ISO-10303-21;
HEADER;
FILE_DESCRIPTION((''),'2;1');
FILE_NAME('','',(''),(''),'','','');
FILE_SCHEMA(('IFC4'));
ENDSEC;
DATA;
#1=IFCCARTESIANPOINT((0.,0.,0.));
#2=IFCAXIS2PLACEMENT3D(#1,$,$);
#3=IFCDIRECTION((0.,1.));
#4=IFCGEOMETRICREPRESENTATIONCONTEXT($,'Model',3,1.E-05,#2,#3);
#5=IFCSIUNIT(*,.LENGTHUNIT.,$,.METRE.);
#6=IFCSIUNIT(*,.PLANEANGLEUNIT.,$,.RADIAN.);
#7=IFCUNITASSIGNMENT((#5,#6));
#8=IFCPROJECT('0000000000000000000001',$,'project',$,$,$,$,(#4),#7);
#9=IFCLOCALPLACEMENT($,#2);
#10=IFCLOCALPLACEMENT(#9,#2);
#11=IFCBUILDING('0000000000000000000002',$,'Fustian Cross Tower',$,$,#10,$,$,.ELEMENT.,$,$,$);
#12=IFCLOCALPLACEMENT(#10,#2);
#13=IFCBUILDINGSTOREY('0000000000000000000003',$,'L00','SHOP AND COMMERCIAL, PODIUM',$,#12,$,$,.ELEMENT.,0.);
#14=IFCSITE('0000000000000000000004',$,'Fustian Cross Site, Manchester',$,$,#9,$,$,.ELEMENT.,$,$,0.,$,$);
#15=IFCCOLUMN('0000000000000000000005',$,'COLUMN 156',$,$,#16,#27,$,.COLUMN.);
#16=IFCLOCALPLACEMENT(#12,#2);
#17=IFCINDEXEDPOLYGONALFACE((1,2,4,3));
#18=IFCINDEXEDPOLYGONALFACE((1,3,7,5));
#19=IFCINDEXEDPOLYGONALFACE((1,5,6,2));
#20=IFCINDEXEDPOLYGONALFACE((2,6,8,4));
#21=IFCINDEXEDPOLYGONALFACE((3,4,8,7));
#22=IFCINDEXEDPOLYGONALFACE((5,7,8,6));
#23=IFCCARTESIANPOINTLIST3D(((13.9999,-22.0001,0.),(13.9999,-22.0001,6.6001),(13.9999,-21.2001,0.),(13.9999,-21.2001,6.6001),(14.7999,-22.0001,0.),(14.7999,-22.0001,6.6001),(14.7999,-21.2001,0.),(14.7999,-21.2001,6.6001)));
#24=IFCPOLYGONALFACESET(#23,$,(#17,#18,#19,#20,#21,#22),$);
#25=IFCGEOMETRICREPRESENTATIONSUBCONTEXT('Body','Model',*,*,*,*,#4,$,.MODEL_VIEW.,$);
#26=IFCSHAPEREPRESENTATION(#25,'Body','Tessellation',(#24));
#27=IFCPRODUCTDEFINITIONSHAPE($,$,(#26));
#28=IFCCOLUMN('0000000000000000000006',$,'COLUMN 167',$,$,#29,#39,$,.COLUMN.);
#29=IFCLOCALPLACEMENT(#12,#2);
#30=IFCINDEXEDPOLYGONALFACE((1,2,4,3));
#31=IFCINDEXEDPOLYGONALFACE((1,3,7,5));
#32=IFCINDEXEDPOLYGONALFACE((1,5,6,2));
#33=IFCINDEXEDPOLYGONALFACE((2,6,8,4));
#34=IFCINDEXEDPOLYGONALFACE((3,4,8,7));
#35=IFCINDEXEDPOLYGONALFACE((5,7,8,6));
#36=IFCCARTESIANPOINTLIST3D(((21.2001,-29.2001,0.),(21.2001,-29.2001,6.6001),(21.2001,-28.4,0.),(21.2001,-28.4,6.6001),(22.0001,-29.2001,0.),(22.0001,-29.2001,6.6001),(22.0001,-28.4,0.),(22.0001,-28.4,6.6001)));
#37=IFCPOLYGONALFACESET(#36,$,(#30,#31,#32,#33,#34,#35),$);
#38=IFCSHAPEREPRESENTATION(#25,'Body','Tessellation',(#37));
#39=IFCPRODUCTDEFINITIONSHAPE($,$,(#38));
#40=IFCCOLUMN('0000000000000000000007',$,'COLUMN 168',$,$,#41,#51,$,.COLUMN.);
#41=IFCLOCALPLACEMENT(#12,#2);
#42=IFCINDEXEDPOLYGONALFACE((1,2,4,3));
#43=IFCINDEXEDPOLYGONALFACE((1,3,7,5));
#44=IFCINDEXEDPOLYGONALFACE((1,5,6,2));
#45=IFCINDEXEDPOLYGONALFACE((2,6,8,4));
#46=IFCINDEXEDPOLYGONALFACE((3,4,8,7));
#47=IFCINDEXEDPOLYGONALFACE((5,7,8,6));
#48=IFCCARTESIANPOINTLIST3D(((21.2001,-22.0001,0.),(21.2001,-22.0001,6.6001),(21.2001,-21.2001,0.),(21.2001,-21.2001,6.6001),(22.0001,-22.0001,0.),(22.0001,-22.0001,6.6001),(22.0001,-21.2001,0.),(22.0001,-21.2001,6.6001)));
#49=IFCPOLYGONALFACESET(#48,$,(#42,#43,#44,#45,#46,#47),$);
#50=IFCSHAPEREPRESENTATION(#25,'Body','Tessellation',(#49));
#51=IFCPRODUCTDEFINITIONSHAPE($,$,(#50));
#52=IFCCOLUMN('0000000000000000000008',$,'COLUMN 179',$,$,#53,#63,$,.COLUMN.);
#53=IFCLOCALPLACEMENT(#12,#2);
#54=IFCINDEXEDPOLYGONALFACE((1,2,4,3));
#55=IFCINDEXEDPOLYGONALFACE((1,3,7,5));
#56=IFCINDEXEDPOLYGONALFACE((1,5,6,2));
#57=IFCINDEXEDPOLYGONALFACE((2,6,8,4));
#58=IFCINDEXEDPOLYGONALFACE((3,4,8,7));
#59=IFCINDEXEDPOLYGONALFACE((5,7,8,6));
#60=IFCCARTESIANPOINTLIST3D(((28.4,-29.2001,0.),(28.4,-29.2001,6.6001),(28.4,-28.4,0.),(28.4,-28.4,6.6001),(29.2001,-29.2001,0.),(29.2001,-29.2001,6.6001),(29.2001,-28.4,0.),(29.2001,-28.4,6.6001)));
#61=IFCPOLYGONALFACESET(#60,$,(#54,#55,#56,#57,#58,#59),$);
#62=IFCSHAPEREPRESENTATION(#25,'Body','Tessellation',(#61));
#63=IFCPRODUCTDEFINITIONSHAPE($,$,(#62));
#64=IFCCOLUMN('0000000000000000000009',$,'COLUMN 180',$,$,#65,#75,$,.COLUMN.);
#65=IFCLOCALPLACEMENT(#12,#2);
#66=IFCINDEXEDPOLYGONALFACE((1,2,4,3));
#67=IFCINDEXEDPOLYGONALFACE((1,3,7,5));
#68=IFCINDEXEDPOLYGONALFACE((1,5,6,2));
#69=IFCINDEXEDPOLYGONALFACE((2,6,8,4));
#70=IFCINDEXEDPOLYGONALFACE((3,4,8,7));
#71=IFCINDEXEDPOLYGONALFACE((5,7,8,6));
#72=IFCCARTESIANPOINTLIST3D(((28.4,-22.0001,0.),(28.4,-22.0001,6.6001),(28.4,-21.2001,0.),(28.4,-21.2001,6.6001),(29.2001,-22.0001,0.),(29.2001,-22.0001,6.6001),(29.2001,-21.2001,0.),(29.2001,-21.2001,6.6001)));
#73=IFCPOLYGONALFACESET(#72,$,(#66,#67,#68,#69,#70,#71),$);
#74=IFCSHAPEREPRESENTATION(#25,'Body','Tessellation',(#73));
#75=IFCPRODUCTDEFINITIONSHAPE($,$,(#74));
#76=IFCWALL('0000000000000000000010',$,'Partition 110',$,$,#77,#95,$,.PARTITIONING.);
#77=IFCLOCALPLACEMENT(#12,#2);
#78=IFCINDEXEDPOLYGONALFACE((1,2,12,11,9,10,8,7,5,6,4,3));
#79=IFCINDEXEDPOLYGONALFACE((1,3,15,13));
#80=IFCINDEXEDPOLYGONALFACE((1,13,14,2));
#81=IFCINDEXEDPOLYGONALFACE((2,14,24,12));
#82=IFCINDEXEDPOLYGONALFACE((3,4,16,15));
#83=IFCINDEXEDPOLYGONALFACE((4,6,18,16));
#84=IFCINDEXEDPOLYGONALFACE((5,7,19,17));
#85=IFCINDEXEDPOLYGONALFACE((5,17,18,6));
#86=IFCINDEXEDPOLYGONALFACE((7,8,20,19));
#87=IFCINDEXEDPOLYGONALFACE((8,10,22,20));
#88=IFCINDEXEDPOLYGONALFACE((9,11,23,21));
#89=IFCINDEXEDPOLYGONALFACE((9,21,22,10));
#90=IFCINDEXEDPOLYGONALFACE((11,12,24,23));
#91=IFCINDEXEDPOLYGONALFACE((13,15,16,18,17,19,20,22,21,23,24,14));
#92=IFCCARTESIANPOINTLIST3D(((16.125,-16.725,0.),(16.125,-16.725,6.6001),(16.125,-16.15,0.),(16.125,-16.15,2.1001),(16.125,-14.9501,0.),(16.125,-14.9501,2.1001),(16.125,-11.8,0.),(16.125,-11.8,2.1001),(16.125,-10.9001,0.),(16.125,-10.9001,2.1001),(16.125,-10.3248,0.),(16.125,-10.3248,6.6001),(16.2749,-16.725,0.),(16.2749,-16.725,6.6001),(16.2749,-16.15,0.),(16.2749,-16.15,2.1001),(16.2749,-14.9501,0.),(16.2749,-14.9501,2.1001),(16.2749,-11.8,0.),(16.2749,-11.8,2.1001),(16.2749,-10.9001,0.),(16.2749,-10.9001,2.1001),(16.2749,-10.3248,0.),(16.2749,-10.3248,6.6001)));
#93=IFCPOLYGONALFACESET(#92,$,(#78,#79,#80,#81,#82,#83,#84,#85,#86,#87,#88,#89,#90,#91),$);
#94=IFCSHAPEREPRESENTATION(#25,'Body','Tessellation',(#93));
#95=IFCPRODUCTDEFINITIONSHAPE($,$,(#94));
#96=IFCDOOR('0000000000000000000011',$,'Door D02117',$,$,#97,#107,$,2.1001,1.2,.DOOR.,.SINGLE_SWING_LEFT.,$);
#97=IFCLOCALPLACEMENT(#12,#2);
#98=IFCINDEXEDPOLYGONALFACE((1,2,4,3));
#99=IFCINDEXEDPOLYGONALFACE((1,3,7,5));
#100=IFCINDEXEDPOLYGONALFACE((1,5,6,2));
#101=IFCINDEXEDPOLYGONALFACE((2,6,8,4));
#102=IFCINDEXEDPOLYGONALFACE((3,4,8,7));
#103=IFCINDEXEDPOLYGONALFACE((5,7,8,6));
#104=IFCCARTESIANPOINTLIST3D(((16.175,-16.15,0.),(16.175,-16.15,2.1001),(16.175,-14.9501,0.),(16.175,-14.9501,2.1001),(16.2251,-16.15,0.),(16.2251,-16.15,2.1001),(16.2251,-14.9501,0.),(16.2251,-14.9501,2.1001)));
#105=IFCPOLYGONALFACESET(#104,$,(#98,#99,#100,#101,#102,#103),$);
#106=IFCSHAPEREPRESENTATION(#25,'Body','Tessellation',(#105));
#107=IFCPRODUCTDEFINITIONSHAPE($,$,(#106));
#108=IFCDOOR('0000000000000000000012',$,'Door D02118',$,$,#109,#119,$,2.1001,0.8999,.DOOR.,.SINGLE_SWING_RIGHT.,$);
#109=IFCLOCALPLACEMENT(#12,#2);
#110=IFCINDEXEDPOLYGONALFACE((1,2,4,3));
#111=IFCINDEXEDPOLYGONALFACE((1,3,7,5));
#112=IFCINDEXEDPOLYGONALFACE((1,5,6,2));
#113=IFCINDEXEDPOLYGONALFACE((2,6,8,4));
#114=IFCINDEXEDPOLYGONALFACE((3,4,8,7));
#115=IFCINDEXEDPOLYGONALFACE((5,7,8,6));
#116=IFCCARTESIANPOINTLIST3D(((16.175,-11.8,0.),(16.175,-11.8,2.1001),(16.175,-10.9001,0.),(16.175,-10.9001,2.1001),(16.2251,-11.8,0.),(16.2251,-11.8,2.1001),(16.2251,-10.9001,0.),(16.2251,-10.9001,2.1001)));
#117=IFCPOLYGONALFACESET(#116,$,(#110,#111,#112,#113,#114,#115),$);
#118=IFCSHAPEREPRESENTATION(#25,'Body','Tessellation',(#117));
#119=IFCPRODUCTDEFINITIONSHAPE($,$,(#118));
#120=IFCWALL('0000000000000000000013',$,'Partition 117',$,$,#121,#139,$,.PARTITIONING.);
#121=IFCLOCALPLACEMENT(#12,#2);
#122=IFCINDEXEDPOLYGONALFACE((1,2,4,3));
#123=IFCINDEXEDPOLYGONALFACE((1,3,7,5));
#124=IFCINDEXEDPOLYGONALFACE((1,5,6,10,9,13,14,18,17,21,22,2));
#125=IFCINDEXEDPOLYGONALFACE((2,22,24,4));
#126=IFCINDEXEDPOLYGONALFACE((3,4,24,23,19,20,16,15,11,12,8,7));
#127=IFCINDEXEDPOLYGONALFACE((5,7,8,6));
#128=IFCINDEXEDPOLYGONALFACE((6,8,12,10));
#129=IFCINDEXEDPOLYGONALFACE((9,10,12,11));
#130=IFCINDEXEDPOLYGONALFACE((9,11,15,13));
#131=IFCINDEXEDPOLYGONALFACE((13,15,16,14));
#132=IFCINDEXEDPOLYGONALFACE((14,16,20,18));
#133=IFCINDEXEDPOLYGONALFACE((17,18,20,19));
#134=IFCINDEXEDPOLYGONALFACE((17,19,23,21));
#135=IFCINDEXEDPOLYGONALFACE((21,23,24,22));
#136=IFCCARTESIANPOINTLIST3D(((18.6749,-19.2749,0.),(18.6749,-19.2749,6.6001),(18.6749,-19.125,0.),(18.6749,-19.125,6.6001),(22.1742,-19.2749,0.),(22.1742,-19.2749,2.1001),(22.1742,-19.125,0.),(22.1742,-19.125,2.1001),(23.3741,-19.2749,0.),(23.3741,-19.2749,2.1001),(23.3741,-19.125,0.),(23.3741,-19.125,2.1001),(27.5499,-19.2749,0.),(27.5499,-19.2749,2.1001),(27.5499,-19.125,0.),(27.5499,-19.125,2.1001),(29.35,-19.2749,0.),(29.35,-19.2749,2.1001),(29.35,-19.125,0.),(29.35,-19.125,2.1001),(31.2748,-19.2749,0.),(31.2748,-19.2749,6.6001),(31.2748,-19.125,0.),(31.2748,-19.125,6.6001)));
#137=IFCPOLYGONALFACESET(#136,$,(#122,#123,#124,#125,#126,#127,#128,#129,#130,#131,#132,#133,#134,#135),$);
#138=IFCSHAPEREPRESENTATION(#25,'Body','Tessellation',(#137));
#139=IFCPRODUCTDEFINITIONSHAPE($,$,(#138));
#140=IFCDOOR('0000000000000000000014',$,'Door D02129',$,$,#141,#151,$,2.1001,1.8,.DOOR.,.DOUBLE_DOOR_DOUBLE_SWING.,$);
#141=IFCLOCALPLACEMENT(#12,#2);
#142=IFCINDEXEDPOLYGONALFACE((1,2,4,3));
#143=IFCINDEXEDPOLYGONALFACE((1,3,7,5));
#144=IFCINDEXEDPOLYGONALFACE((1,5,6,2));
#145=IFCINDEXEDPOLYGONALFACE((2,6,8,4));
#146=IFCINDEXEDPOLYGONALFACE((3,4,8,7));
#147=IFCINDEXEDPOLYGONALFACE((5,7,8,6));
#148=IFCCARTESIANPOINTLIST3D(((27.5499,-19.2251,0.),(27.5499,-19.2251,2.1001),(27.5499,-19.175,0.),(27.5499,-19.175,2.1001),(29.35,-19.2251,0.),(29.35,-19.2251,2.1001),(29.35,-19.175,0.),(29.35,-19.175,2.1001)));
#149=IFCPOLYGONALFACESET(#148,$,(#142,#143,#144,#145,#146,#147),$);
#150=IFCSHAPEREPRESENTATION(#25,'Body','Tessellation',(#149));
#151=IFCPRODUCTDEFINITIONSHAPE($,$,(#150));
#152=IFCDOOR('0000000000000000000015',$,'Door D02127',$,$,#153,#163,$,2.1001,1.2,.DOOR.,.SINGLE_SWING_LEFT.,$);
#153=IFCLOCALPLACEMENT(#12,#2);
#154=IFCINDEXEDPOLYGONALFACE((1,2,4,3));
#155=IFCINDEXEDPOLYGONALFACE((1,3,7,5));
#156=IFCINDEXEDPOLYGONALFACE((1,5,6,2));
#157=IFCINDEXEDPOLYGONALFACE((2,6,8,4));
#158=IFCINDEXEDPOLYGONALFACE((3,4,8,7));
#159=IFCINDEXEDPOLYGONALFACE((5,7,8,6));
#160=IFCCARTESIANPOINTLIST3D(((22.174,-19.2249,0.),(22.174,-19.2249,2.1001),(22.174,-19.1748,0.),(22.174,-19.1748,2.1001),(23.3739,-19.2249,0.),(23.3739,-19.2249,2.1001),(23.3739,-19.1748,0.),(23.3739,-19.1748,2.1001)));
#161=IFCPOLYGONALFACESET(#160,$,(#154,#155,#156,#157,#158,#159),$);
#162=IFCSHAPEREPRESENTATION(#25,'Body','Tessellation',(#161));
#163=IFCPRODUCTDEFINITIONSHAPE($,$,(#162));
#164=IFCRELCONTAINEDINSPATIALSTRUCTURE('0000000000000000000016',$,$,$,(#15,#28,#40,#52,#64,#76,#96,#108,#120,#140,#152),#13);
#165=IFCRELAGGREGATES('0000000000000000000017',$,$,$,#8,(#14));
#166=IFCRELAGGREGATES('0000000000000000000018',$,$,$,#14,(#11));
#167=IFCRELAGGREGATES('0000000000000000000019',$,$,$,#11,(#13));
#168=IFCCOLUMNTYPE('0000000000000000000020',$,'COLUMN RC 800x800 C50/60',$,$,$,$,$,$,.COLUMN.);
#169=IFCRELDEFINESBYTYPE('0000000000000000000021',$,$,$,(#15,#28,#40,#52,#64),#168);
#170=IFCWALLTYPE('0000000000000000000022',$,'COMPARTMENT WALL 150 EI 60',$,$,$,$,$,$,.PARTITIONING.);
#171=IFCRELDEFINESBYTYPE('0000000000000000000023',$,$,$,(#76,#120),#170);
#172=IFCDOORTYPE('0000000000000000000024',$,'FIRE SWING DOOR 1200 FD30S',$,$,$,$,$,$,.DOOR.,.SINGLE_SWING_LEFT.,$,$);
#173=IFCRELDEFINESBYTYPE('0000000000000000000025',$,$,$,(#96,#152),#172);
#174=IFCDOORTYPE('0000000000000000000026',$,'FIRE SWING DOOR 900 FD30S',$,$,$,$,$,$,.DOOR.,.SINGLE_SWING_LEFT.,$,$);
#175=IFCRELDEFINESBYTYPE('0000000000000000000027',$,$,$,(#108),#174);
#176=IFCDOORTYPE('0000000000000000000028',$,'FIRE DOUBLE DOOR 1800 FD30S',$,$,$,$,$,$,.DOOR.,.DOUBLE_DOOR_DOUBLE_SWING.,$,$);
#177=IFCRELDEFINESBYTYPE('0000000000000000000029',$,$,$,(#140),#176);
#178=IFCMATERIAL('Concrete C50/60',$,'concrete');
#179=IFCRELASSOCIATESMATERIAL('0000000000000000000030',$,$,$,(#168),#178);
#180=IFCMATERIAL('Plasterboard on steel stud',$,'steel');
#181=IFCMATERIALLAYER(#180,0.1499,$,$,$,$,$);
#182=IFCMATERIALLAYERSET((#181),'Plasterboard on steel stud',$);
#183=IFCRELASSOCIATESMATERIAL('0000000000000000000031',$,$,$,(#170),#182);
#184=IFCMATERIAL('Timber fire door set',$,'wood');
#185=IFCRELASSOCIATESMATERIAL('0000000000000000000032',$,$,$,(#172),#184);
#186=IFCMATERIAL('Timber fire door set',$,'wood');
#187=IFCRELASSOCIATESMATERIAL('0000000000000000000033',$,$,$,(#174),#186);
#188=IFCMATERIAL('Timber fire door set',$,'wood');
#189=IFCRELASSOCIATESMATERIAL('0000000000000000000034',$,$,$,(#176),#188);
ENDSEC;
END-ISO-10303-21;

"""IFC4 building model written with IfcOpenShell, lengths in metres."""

from ifc_helpers import new_model, si_unit, direction, frame, frame_2d, origin, origin_2d, place, context, subcontext, project, spatial, rectangle, extrude, material, layer, layer_set, material_profile, profile_set, type_object, element, fill, save


model = new_model("IFC4")

# Units and contexts
model_context = context("Model", 3, precision=1e-05, world=origin(), true_north=direction((0.0, 1.0)))
body_context = subcontext(model_context, "Body", "Model", "MODEL_VIEW")
ifc_project = project(units=[si_unit("LENGTHUNIT", "METRE"), si_unit("PLANEANGLEUNIT", "RADIAN")], contexts=[model_context])

# Site, building, storey
site_placement = place(None, origin())
site = spatial("IfcSite", under=ifc_project, at=site_placement, Name="Fustian Cross Site, Manchester", CompositionType="ELEMENT", RefElevation=0.0)
building_placement = place(site_placement, origin())
building = spatial("IfcBuilding", under=site, at=building_placement, Name="Fustian Cross Tower", CompositionType="ELEMENT")
storey_placement = place(building_placement, origin())
storey = spatial("IfcBuildingStorey", under=building, at=storey_placement, Name="L00", Description="SHOP AND COMMERCIAL, PODIUM", CompositionType="ELEMENT", Elevation=0.0)

# Columns
ifc_material_1 = material(Name="Concrete C50/60", Category="concrete")
ifc_material_profile = material_profile(ifc_material_1, rectangle(XDim=0.8, YDim=0.8, at=origin_2d()), Name="RC 800x800")
ifc_profile_set = profile_set([ifc_material_profile], Name="Concrete C50/60")
column_type = type_object("IfcColumnType", Name="COLUMN RC 800x800 C50/60", PredefinedType="COLUMN", material=ifc_profile_set)
for number, where, z_axis, x_axis, name in (
    (1, (14.3999, -21.6001, 0.0), (0.0, 0.0, 1.0), (1.0, 0.0, 0.0), "COLUMN 156"),
    (2, (21.6001, -28.8, 0.0), (0.0, 0.0, 1.0), (1.0, 0.0, 0.0), "COLUMN 167"),
    (3, (21.6001, -21.6001, 0.0), (0.0, 0.0, 1.0), (1.0, 0.0, 0.0), "COLUMN 168"),
    (4, (28.8, -28.8, 0.0), (0.0, 0.0, 1.0), (1.0, 0.0, 0.0), "COLUMN 179"),
    (5, (28.8, -21.6001, 0.0), (0.0, 0.0, 1.0), (1.0, 0.0, 0.0), "COLUMN 180"),
):
    element("IfcColumn", number, at=place(storey_placement, frame(where, z_axis=z_axis, x_axis=x_axis)), inside=storey, type_object=column_type, Name=name, PredefinedType="COLUMN", context=body_context, shape_type="SweptSolid", body=[
        extrude(rectangle(XDim=0.8, YDim=0.8, at=origin_2d()), origin(), (0.0, 0.0, 1.0), 6.6001),
    ])

# Walls, openings, doors
ifc_material_2 = material(Name="Plasterboard on steel stud", Category="steel")
ifc_layer = layer(ifc_material_2, 0.1499)
ifc_layer_set = layer_set([ifc_layer], Name="Plasterboard on steel stud")
wall_type = type_object("IfcWallType", Name="COMPARTMENT WALL 150 EI 60", PredefinedType="PARTITIONING", material=ifc_layer_set)
wall_1_placement = place(storey_placement, frame((16.2, -16.7251, 0.0), z_axis=(0.0, 0.0, 1.0), x_axis=(0.0, 1.0, 0.0)))
wall_1 = element("IfcWall", 6, at=wall_1_placement, inside=storey, type_object=wall_type, Name="Partition 110", PredefinedType="PARTITIONING", context=body_context, shape_type="SweptSolid", body=[
    extrude(rectangle(XDim=6.4001, YDim=0.1499, at=frame_2d((3.2002, 0.0))), origin(), (0.0, 0.0, 1.0), 6.6001),
])
opening_1_placement = place(wall_1_placement, frame((0.575, 0.0, 0.0)))
opening_1 = element("IfcOpeningElement", 7, at=opening_1_placement, cuts=wall_1, PredefinedType="OPENING", context=body_context, shape_type="SweptSolid", body=[
    extrude(rectangle(XDim=1.2, YDim=2.1001, at=frame_2d((0.6001, 1.05))), frame((0.0, 0.085, 0.0), z_axis=(0.0, -1.0, 0.0), x_axis=(1.0, 0.0, 0.0)), (0.0, 0.0, 1.0), 0.1699),
])
opening_2_placement = place(wall_1_placement, frame((4.925, 0.0, 0.0)))
opening_2 = element("IfcOpeningElement", 8, at=opening_2_placement, cuts=wall_1, PredefinedType="OPENING", context=body_context, shape_type="SweptSolid", body=[
    extrude(rectangle(XDim=0.8999, YDim=2.1001, at=frame_2d((0.45, 1.05))), frame((0.0, 0.085, 0.0), z_axis=(0.0, -1.0, 0.0), x_axis=(1.0, 0.0, 0.0)), (0.0, 0.0, 1.0), 0.1699),
])
ifc_material_3 = material(Name="Timber fire door set", Category="wood")
door_type_1 = type_object("IfcDoorType", Name="FIRE SWING DOOR 1200 FD30S", OperationType="SINGLE_SWING_LEFT", PredefinedType="DOOR", material=ifc_material_3)
door_1_placement = place(opening_1_placement, origin())
door_1 = element("IfcDoor", 9, at=door_1_placement, inside=storey, type_object=door_type_1, Name="Door D02117", OperationType="SINGLE_SWING_LEFT", OverallHeight=2.1001, OverallWidth=1.2, PredefinedType="DOOR", context=body_context, shape_type="SweptSolid", body=[
    extrude(rectangle(XDim=1.2, YDim=2.1001, at=frame_2d((0.6001, 1.05))), frame((0.0, 0.0249, 0.0), z_axis=(0.0, -1.0, 0.0), x_axis=(1.0, 0.0, 0.0)), (0.0, 0.0, 1.0), 0.05),
])
fill(opening_1, door_1)
ifc_material_4 = material(Name="Timber fire door set", Category="wood")
door_type_2 = type_object("IfcDoorType", Name="FIRE SWING DOOR 900 FD30S", OperationType="SINGLE_SWING_LEFT", PredefinedType="DOOR", material=ifc_material_4)
door_2_placement = place(opening_2_placement, origin())
door_2 = element("IfcDoor", 10, at=door_2_placement, inside=storey, type_object=door_type_2, Name="Door D02118", OperationType="SINGLE_SWING_RIGHT", OverallHeight=2.1001, OverallWidth=0.8999, PredefinedType="DOOR", context=body_context, shape_type="SweptSolid", body=[
    extrude(rectangle(XDim=0.8999, YDim=2.1001, at=frame_2d((0.45, 1.05))), frame((0.0, 0.0249, 0.0), z_axis=(0.0, -1.0, 0.0), x_axis=(1.0, 0.0, 0.0)), (0.0, 0.0, 1.0), 0.05),
])
fill(opening_2, door_2)
wall_2_placement = place(storey_placement, frame((18.675, -19.2, 0.0), z_axis=(0.0, 0.0, 1.0), x_axis=(1.0, 0.0, 0.0)))
wall_2 = element("IfcWall", 11, at=wall_2_placement, inside=storey, type_object=wall_type, Name="Partition 117", PredefinedType="PARTITIONING", context=body_context, shape_type="SweptSolid", body=[
    extrude(rectangle(XDim=12.5999, YDim=0.1499, at=frame_2d((6.2998, 0.0))), origin(), (0.0, 0.0, 1.0), 6.6001),
])
opening_3_placement = place(wall_2_placement, frame((3.499, 0.0, 0.0)))
opening_3 = element("IfcOpeningElement", 12, at=opening_3_placement, cuts=wall_2, PredefinedType="OPENING", context=body_context, shape_type="SweptSolid", body=[
    extrude(rectangle(XDim=1.2, YDim=2.1001, at=frame_2d((0.6001, 1.05))), frame((0.0, 0.085, 0.0), z_axis=(0.0, -1.0, 0.0), x_axis=(1.0, 0.0, 0.0)), (0.0, 0.0, 1.0), 0.1699),
])
opening_4_placement = place(wall_2_placement, frame((8.875, 0.0, 0.0)))
opening_4 = element("IfcOpeningElement", 13, at=opening_4_placement, cuts=wall_2, PredefinedType="OPENING", context=body_context, shape_type="SweptSolid", body=[
    extrude(rectangle(XDim=1.8, YDim=2.1001, at=frame_2d((0.8999, 1.05))), frame((0.0, 0.085, 0.0), z_axis=(0.0, -1.0, 0.0), x_axis=(1.0, 0.0, 0.0)), (0.0, 0.0, 1.0), 0.1699),
])
ifc_material_5 = material(Name="Timber fire door set", Category="wood")
door_type_3 = type_object("IfcDoorType", Name="FIRE DOUBLE DOOR 1800 FD30S", OperationType="DOUBLE_DOOR_DOUBLE_SWING", PredefinedType="DOOR", material=ifc_material_5)
door_3_placement = place(opening_4_placement, origin())
door_3 = element("IfcDoor", 14, at=door_3_placement, inside=storey, type_object=door_type_3, Name="Door D02129", OperationType="DOUBLE_DOOR_DOUBLE_SWING", OverallHeight=2.1001, OverallWidth=1.8, PredefinedType="DOOR", context=body_context, shape_type="SweptSolid", body=[
    extrude(rectangle(XDim=1.8, YDim=2.1001, at=frame_2d((0.8999, 1.05))), frame((0.0, 0.0249, 0.0), z_axis=(0.0, -1.0, 0.0), x_axis=(1.0, 0.0, 0.0)), (0.0, 0.0, 1.0), 0.05),
])
fill(opening_4, door_3)
door_4_placement = place(opening_3_placement, frame((1.2, 0.0, 0.0), z_axis=(0.0, 0.0, 1.0), x_axis=(-1.0, 0.0, 0.0)))
door_4 = element("IfcDoor", 15, at=door_4_placement, inside=storey, type_object=door_type_1, Name="Door D02127", OperationType="SINGLE_SWING_LEFT", OverallHeight=2.1001, OverallWidth=1.2, PredefinedType="DOOR", context=body_context, shape_type="SweptSolid", body=[
    extrude(rectangle(XDim=1.2, YDim=2.1001, at=frame_2d((0.6001, 1.05))), frame((0.0, 0.0249, 0.0), z_axis=(0.0, -1.0, 0.0), x_axis=(1.0, 0.0, 0.0)), (0.0, 0.0, 1.0), 0.05),
])
fill(opening_3, door_4)

save(model, "model.ifc")
